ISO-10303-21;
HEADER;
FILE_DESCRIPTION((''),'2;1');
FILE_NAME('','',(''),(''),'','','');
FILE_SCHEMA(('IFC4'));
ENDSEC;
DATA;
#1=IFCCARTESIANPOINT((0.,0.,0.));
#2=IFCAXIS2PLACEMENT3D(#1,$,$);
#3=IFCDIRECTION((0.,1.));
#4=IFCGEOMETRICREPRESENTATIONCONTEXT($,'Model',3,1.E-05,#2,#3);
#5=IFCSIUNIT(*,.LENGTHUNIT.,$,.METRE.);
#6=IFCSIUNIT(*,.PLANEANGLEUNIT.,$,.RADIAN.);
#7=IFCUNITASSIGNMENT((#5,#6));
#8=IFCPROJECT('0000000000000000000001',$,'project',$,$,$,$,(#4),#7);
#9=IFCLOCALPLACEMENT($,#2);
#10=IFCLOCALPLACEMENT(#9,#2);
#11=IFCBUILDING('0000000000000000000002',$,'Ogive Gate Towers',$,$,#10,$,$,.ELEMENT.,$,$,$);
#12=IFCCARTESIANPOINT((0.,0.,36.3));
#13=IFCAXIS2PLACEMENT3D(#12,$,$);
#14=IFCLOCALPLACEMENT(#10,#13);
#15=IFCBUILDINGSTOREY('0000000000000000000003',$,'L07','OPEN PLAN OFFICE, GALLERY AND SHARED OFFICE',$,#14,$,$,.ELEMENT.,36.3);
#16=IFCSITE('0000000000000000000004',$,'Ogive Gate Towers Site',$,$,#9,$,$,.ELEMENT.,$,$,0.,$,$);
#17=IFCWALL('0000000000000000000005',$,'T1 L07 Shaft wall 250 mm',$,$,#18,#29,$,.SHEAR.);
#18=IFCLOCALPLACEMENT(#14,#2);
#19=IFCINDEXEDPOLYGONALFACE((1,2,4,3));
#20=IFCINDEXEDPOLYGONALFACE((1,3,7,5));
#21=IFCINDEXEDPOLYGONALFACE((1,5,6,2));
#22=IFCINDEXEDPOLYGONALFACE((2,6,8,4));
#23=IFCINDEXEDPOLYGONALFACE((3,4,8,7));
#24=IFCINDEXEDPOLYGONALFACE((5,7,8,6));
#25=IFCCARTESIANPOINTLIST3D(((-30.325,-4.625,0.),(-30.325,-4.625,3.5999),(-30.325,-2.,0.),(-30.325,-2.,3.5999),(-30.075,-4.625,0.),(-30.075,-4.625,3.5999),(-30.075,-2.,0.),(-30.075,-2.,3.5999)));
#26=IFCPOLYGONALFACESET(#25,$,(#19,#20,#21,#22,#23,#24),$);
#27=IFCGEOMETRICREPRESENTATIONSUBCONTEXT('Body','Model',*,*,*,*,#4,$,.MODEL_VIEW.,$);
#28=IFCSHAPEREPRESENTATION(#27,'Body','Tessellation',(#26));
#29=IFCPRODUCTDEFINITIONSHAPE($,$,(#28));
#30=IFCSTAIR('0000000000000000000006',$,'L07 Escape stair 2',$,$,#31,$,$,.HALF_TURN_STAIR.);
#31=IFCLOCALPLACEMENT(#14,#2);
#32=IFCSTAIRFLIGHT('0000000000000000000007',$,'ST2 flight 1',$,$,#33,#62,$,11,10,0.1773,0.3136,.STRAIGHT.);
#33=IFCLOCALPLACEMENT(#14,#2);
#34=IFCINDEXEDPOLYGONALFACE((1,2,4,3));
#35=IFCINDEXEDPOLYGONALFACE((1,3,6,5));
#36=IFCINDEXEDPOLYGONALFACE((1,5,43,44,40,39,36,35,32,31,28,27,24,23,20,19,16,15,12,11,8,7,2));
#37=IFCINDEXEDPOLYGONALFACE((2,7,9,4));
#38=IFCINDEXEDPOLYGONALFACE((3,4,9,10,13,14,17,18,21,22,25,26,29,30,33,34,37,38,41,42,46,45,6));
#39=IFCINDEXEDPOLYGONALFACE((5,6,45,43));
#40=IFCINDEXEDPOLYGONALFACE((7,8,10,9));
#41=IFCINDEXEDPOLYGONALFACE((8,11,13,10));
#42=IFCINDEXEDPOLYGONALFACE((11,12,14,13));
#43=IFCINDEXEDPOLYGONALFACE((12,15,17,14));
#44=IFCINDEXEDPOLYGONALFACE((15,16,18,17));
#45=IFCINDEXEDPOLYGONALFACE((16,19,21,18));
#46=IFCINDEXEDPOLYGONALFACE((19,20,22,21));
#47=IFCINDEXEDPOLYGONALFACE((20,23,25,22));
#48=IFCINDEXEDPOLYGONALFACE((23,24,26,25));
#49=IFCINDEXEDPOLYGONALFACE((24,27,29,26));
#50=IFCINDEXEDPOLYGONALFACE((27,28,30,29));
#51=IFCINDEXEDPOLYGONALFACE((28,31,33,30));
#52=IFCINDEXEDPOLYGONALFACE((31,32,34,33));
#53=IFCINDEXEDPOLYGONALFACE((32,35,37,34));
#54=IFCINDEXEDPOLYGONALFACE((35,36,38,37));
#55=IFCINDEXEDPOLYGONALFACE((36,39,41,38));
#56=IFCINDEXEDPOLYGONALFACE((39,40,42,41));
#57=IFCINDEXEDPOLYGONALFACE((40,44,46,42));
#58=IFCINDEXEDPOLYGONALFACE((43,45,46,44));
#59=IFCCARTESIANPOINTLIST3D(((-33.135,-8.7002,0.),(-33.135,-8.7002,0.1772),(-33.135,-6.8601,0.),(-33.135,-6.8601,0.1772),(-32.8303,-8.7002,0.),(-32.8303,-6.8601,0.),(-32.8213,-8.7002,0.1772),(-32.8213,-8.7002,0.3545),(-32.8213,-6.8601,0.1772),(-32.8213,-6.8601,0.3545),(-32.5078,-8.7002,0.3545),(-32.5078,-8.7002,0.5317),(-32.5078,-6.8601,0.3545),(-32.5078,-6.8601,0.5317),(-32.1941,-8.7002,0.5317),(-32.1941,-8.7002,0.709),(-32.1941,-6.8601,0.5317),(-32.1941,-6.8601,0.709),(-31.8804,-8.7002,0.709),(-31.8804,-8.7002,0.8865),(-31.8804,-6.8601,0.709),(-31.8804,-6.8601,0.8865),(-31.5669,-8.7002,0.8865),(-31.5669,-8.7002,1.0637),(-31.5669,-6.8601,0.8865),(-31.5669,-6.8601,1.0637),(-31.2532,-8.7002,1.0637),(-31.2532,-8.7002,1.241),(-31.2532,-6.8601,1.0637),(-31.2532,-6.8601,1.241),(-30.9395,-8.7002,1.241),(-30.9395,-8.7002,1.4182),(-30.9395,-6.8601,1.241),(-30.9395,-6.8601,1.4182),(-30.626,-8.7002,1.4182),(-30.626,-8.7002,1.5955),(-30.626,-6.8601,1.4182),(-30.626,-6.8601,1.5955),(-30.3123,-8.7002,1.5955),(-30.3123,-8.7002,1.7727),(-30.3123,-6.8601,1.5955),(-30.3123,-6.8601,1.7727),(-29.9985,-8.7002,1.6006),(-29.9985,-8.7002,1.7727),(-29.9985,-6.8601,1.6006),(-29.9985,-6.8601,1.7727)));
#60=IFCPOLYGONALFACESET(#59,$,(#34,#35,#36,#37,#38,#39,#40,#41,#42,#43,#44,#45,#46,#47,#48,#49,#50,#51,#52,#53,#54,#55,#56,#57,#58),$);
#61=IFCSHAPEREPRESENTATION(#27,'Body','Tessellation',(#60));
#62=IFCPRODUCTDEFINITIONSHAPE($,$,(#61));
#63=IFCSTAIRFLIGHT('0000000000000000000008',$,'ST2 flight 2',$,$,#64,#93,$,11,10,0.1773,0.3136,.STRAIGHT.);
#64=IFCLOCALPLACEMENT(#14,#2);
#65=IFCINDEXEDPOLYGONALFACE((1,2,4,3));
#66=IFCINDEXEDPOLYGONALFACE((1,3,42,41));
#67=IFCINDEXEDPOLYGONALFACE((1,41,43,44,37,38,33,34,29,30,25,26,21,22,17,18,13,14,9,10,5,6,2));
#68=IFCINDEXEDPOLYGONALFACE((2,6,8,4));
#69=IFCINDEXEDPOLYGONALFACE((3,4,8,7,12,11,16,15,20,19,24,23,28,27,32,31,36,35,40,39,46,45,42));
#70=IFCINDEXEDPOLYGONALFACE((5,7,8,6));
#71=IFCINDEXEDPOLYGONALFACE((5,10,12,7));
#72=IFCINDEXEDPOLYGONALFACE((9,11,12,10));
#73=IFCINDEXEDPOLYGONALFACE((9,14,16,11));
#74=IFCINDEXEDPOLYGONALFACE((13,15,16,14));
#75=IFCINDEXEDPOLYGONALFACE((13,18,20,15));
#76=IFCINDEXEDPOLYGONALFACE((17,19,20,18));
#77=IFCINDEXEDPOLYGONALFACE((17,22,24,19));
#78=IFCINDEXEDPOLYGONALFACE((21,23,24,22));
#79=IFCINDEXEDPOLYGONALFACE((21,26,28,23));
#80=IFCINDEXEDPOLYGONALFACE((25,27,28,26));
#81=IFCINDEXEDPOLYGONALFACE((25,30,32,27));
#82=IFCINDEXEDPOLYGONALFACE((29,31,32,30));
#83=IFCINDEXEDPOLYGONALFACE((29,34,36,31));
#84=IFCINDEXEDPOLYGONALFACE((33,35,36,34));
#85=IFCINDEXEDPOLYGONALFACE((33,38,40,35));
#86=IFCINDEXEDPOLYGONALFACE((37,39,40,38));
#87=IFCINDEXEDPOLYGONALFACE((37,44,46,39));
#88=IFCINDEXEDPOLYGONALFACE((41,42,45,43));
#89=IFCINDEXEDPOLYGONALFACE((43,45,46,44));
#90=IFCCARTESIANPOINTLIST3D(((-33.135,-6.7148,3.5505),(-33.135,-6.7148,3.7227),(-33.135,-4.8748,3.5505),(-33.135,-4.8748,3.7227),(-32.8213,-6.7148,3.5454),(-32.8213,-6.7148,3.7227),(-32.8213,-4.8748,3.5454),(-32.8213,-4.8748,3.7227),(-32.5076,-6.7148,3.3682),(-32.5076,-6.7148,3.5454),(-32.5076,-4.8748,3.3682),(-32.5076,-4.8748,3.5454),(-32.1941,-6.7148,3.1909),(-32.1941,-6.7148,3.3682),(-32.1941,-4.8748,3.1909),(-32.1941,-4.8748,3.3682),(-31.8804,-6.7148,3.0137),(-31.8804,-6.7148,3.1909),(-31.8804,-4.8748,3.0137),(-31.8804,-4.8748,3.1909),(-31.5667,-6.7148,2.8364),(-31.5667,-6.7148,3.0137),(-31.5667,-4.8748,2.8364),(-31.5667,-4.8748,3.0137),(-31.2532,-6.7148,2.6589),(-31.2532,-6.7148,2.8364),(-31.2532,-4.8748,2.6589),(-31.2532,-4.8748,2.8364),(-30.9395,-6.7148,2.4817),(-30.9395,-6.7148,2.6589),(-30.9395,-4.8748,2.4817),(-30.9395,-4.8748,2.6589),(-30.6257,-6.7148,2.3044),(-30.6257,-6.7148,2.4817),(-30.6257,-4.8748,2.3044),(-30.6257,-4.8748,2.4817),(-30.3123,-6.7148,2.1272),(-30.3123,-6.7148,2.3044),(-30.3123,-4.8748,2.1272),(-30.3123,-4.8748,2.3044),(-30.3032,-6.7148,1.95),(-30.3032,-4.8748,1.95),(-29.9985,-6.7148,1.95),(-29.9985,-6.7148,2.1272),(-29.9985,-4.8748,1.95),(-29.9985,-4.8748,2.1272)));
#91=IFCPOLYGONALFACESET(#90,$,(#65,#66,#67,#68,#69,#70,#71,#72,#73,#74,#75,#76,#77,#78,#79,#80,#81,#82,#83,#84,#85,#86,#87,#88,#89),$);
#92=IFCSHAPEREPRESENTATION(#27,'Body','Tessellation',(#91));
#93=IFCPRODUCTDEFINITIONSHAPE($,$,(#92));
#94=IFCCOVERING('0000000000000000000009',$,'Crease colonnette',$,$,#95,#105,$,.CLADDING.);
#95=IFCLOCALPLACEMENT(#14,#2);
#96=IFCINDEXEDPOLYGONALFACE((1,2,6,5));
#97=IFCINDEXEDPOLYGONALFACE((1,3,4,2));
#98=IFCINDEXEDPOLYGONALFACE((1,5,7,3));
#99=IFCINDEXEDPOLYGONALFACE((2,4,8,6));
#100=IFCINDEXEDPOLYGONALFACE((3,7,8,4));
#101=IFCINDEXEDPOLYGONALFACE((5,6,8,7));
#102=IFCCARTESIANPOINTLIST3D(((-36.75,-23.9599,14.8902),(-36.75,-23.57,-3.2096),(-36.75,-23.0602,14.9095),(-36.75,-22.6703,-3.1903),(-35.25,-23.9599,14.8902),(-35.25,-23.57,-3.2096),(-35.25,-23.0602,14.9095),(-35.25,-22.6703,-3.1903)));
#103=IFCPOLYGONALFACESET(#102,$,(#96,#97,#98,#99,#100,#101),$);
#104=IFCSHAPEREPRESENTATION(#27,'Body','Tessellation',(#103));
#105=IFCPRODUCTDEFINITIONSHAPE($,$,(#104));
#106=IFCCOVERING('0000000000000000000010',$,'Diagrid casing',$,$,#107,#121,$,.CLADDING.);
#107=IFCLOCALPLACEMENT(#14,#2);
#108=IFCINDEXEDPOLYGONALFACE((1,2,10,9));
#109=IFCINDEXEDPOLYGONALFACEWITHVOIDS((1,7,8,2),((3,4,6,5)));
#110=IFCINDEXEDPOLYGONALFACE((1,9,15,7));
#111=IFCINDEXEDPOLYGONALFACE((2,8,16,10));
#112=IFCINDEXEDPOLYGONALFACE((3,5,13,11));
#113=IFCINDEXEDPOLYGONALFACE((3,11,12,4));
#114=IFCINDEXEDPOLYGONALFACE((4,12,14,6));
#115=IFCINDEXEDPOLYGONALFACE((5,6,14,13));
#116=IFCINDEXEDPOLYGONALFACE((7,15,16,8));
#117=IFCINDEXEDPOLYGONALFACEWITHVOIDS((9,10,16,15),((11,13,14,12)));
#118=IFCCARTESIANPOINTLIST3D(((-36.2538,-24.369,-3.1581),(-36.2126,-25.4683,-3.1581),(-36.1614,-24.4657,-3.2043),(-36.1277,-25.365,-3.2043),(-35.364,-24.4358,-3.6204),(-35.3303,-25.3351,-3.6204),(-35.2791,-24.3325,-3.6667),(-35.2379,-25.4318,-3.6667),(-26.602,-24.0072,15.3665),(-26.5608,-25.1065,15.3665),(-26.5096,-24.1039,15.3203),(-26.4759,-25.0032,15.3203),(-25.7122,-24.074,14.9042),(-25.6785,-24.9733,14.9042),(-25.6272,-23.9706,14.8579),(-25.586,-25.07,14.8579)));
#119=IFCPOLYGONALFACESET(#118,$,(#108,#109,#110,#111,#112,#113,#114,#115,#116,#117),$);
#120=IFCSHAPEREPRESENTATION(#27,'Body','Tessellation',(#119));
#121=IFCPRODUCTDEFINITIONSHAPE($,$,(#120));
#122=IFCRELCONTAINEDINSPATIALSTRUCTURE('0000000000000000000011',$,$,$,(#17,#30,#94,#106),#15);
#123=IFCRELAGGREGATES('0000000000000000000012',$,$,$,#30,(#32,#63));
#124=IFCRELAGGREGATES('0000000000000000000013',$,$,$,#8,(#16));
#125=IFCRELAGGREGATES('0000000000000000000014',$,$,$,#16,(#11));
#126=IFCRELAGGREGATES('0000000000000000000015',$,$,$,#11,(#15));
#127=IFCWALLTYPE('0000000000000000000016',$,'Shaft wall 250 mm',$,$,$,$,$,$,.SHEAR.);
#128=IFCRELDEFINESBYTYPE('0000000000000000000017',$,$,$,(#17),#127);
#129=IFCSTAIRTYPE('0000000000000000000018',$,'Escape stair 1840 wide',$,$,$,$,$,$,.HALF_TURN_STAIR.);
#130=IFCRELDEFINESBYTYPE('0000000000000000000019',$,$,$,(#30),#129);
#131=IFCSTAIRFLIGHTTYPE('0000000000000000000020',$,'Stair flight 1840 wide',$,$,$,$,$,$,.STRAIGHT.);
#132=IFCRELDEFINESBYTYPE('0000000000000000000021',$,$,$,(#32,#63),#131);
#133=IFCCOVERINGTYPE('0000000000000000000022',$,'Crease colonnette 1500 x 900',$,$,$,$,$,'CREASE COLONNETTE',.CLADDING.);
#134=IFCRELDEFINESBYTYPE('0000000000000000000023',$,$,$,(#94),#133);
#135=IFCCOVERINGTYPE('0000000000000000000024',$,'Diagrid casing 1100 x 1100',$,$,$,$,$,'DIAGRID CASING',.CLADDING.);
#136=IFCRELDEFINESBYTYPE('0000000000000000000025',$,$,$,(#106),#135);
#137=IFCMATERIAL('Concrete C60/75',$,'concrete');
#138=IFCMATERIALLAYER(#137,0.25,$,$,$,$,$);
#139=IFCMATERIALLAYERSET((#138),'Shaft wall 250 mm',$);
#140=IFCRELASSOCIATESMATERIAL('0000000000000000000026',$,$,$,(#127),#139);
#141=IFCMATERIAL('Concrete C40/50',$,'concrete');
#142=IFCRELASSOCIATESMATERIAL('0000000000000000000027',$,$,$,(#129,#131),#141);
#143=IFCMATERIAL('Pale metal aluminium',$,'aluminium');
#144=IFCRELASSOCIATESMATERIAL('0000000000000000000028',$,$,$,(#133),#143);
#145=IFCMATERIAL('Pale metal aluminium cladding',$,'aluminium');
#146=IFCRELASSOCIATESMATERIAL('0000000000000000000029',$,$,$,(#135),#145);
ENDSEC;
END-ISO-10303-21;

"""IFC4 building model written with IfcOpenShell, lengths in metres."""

from ifc_helpers import new_model, si_unit, direction, frame, frame_2d, origin, origin_2d, place, context, subcontext, project, spatial, polyline, rectangle, hollow_rectangle, outline, extrude, material, layer, layer_set, material_profile, profile_set, type_object, element, aggregate, save


model = new_model("IFC4")

# Units and contexts
model_context = context("Model", 3, precision=1e-05, world=origin(), true_north=direction((0.0, 1.0)))
body_context = subcontext(model_context, "Body", "Model", "MODEL_VIEW")
ifc_project = project(units=[si_unit("LENGTHUNIT", "METRE"), si_unit("PLANEANGLEUNIT", "RADIAN")], contexts=[model_context])

# Site, building, storey
site_placement = place(None, origin())
site = spatial("IfcSite", under=ifc_project, at=site_placement, Name="Ogive Gate Towers Site", CompositionType="ELEMENT", RefElevation=0.0)
building_placement = place(site_placement, origin())
building = spatial("IfcBuilding", under=site, at=building_placement, Name="Ogive Gate Towers", CompositionType="ELEMENT")
storey_placement = place(building_placement, frame((0.0, 0.0, 36.3)))
storey = spatial("IfcBuildingStorey", under=building, at=storey_placement, Name="L07", Description="OPEN PLAN OFFICE, GALLERY AND SHARED OFFICE", CompositionType="ELEMENT", Elevation=36.3)

# Shared definitions
ifc_material_1 = material(Name="Concrete C60/75", Category="concrete")
ifc_layer_1 = layer(ifc_material_1, 0.25)
ifc_layer_set_1 = layer_set([ifc_layer_1], Name="Shaft wall 250 mm")
wall_type_1 = type_object("IfcWallType", Name="Shaft wall 250 mm", PredefinedType="SHEAR", material=ifc_layer_set_1)

# Wall
for number, where, z_axis, x_axis, name in (
    (1, (-30.2, -4.625, 0.0), (0.0, 0.0, 1.0), (0.0, 1.0, 0.0), "T1 L07 Shaft wall 250 mm"),
):
    element("IfcWall", number, at=place(storey_placement, frame(where, z_axis=z_axis, x_axis=x_axis)), inside=storey, type_object=wall_type_1, Name=name, PredefinedType="SHEAR", context=body_context, shape_type="SweptSolid", body=[
        extrude(rectangle(XDim=2.625, YDim=0.25, at=frame_2d((1.3125, 0.0))), origin(), (0.0, 0.0, 1.0), 3.5999),
    ])

# Stair, stair flights
ifc_material_2 = material(Name="Concrete C40/50", Category="concrete")
stair_type = type_object("IfcStairType", Name="Escape stair 1840 wide", PredefinedType="HALF_TURN_STAIR", material=ifc_material_2)
stair_placement = place(storey_placement, origin())
stair = element("IfcStair", 2, at=stair_placement, inside=storey, type_object=stair_type, Name="L07 Escape stair 2", PredefinedType="HALF_TURN_STAIR")
stair_flight_type = type_object("IfcStairFlightType", Name="Stair flight 1840 wide", PredefinedType="STRAIGHT", material=ifc_material_2)
stair_flight_1_placement = place(storey_placement, frame((-33.135, -7.78, 0.0), z_axis=(0.0, 0.0, 1.0), x_axis=(1.0, 0.0, 0.0)))
stair_flight_1 = element("IfcStairFlight", 3, at=stair_flight_1_placement, type_object=stair_flight_type, Name="ST2 flight 1", NumberOfRisers=11, NumberOfTreads=10, PredefinedType="STRAIGHT", RiserHeight=0.1773, TreadLength=0.3136, context=body_context, shape_type="SweptSolid", body=[
    extrude(outline(polyline([(0.0, 0.0), (0.0, 0.1772), (0.3137, 0.1772), (0.3137, 0.3545), (0.6272, 0.3545), (0.6272, 0.5317), (0.9409, 0.5317), (0.9409, 0.709), (1.2546, 0.709), (1.2546, 0.8865), (1.5681, 0.8865), (1.5681, 1.0637), (1.8818, 1.0637), (1.8818, 1.241), (2.1956, 1.241), (2.1956, 1.4182), (2.509, 1.4182), (2.509, 1.5955), (2.8228, 1.5955), (2.8228, 1.7727), (3.1365, 1.7727), (3.1365, 1.95), (3.1365, 1.6006), (0.3047, 0.0), (0.0, 0.0)])), frame((0.0, 0.9199, 0.0), z_axis=(0.0, -1.0, 0.0), x_axis=(1.0, 0.0, 0.0)), (0.0, 0.0, 1.0), 1.8401),
])
stair_flight_2_placement = place(storey_placement, frame((-29.9985, -5.7949, 1.95), z_axis=(0.0, 0.0, 1.0), x_axis=(-1.0, 0.0, 0.0)))
stair_flight_2 = element("IfcStairFlight", 4, at=stair_flight_2_placement, type_object=stair_flight_type, Name="ST2 flight 2", NumberOfRisers=11, NumberOfTreads=10, PredefinedType="STRAIGHT", RiserHeight=0.1773, TreadLength=0.3136, context=body_context, shape_type="SweptSolid", body=[
    extrude(outline(polyline([(0.0, 0.0), (0.0, 0.1772), (0.3137, 0.1772), (0.3137, 0.3545), (0.6272, 0.3545), (0.6272, 0.5317), (0.9409, 0.5317), (0.9409, 0.709), (1.2546, 0.709), (1.2546, 0.8865), (1.5681, 0.8865), (1.5681, 1.0637), (1.8818, 1.0637), (1.8818, 1.241), (2.1956, 1.241), (2.1956, 1.4182), (2.509, 1.4182), (2.509, 1.5955), (2.8228, 1.5955), (2.8228, 1.7727), (3.1365, 1.7727), (3.1365, 1.95), (3.1365, 1.6006), (0.3047, 0.0), (0.0, 0.0)])), frame((0.0, 0.9199, 0.0), z_axis=(0.0, -1.0, 0.0), x_axis=(1.0, 0.0, 0.0)), (0.0, 0.0, 1.0), 1.8401),
])
aggregate(stair, [stair_flight_1, stair_flight_2])

# Coverings
ifc_material_3 = material(Name="Pale metal aluminium", Category="aluminium")
ifc_material_profile_1 = material_profile(ifc_material_3, rectangle(XDim=1.5, YDim=0.8999, at=origin_2d()), Name="1500 x 900 pale metal aluminium")
ifc_profile_set_1 = profile_set([ifc_material_profile_1], Name="Pale metal aluminium")
covering_type_1 = type_object("IfcCoveringType", Name="Crease colonnette 1500 x 900", ElementType="CREASE COLONNETTE", PredefinedType="CLADDING", material=ifc_profile_set_1)
covering_1_placement = place(storey_placement, frame((-36.0, -23.1201, -3.2), z_axis=(0.0, -0.021536, 0.999768), x_axis=(1.0, 0.0, 0.0)))
element("IfcCovering", 5, at=covering_1_placement, inside=storey, type_object=covering_type_1, Name="Crease colonnette", PredefinedType="CLADDING", context=body_context, shape_type="SweptSolid", body=[
    extrude(rectangle(XDim=1.5, YDim=0.8999, at=origin_2d()), origin(), (0.0, 0.0, 1.0), 18.104),
])
ifc_material_4 = material(Name="Pale metal aluminium cladding", Category="aluminium")
ifc_material_profile_2 = material_profile(ifc_material_4, hollow_rectangle(XDim=1.1001, YDim=1.1001, WallThickness=0.1001, at=origin_2d()), Name="1100 x 1100 pale metal casing")
ifc_profile_set_2 = profile_set([ifc_material_profile_2], Name="Pale metal aluminium cladding")
covering_type_2 = type_object("IfcCoveringType", Name="Diagrid casing 1100 x 1100", ElementType="DIAGRID CASING", PredefinedType="CLADDING", material=ifc_profile_set_2)
covering_2_placement = place(storey_placement, frame((-35.7458, -24.9004, -3.4124), z_axis=(0.462001, 0.017319, 0.886711), x_axis=(-0.03746, 0.999298, 0.0)))
element("IfcCovering", 6, at=covering_2_placement, inside=storey, type_object=covering_type_2, Name="Diagrid casing", PredefinedType="CLADDING", context=body_context, shape_type="SweptSolid", body=[
    extrude(hollow_rectangle(XDim=1.1001, YDim=1.1001, WallThickness=0.1001, at=origin_2d()), origin(), (0.0, 0.0, 1.0), 20.8914),
])

save(model, "model.ifc")
